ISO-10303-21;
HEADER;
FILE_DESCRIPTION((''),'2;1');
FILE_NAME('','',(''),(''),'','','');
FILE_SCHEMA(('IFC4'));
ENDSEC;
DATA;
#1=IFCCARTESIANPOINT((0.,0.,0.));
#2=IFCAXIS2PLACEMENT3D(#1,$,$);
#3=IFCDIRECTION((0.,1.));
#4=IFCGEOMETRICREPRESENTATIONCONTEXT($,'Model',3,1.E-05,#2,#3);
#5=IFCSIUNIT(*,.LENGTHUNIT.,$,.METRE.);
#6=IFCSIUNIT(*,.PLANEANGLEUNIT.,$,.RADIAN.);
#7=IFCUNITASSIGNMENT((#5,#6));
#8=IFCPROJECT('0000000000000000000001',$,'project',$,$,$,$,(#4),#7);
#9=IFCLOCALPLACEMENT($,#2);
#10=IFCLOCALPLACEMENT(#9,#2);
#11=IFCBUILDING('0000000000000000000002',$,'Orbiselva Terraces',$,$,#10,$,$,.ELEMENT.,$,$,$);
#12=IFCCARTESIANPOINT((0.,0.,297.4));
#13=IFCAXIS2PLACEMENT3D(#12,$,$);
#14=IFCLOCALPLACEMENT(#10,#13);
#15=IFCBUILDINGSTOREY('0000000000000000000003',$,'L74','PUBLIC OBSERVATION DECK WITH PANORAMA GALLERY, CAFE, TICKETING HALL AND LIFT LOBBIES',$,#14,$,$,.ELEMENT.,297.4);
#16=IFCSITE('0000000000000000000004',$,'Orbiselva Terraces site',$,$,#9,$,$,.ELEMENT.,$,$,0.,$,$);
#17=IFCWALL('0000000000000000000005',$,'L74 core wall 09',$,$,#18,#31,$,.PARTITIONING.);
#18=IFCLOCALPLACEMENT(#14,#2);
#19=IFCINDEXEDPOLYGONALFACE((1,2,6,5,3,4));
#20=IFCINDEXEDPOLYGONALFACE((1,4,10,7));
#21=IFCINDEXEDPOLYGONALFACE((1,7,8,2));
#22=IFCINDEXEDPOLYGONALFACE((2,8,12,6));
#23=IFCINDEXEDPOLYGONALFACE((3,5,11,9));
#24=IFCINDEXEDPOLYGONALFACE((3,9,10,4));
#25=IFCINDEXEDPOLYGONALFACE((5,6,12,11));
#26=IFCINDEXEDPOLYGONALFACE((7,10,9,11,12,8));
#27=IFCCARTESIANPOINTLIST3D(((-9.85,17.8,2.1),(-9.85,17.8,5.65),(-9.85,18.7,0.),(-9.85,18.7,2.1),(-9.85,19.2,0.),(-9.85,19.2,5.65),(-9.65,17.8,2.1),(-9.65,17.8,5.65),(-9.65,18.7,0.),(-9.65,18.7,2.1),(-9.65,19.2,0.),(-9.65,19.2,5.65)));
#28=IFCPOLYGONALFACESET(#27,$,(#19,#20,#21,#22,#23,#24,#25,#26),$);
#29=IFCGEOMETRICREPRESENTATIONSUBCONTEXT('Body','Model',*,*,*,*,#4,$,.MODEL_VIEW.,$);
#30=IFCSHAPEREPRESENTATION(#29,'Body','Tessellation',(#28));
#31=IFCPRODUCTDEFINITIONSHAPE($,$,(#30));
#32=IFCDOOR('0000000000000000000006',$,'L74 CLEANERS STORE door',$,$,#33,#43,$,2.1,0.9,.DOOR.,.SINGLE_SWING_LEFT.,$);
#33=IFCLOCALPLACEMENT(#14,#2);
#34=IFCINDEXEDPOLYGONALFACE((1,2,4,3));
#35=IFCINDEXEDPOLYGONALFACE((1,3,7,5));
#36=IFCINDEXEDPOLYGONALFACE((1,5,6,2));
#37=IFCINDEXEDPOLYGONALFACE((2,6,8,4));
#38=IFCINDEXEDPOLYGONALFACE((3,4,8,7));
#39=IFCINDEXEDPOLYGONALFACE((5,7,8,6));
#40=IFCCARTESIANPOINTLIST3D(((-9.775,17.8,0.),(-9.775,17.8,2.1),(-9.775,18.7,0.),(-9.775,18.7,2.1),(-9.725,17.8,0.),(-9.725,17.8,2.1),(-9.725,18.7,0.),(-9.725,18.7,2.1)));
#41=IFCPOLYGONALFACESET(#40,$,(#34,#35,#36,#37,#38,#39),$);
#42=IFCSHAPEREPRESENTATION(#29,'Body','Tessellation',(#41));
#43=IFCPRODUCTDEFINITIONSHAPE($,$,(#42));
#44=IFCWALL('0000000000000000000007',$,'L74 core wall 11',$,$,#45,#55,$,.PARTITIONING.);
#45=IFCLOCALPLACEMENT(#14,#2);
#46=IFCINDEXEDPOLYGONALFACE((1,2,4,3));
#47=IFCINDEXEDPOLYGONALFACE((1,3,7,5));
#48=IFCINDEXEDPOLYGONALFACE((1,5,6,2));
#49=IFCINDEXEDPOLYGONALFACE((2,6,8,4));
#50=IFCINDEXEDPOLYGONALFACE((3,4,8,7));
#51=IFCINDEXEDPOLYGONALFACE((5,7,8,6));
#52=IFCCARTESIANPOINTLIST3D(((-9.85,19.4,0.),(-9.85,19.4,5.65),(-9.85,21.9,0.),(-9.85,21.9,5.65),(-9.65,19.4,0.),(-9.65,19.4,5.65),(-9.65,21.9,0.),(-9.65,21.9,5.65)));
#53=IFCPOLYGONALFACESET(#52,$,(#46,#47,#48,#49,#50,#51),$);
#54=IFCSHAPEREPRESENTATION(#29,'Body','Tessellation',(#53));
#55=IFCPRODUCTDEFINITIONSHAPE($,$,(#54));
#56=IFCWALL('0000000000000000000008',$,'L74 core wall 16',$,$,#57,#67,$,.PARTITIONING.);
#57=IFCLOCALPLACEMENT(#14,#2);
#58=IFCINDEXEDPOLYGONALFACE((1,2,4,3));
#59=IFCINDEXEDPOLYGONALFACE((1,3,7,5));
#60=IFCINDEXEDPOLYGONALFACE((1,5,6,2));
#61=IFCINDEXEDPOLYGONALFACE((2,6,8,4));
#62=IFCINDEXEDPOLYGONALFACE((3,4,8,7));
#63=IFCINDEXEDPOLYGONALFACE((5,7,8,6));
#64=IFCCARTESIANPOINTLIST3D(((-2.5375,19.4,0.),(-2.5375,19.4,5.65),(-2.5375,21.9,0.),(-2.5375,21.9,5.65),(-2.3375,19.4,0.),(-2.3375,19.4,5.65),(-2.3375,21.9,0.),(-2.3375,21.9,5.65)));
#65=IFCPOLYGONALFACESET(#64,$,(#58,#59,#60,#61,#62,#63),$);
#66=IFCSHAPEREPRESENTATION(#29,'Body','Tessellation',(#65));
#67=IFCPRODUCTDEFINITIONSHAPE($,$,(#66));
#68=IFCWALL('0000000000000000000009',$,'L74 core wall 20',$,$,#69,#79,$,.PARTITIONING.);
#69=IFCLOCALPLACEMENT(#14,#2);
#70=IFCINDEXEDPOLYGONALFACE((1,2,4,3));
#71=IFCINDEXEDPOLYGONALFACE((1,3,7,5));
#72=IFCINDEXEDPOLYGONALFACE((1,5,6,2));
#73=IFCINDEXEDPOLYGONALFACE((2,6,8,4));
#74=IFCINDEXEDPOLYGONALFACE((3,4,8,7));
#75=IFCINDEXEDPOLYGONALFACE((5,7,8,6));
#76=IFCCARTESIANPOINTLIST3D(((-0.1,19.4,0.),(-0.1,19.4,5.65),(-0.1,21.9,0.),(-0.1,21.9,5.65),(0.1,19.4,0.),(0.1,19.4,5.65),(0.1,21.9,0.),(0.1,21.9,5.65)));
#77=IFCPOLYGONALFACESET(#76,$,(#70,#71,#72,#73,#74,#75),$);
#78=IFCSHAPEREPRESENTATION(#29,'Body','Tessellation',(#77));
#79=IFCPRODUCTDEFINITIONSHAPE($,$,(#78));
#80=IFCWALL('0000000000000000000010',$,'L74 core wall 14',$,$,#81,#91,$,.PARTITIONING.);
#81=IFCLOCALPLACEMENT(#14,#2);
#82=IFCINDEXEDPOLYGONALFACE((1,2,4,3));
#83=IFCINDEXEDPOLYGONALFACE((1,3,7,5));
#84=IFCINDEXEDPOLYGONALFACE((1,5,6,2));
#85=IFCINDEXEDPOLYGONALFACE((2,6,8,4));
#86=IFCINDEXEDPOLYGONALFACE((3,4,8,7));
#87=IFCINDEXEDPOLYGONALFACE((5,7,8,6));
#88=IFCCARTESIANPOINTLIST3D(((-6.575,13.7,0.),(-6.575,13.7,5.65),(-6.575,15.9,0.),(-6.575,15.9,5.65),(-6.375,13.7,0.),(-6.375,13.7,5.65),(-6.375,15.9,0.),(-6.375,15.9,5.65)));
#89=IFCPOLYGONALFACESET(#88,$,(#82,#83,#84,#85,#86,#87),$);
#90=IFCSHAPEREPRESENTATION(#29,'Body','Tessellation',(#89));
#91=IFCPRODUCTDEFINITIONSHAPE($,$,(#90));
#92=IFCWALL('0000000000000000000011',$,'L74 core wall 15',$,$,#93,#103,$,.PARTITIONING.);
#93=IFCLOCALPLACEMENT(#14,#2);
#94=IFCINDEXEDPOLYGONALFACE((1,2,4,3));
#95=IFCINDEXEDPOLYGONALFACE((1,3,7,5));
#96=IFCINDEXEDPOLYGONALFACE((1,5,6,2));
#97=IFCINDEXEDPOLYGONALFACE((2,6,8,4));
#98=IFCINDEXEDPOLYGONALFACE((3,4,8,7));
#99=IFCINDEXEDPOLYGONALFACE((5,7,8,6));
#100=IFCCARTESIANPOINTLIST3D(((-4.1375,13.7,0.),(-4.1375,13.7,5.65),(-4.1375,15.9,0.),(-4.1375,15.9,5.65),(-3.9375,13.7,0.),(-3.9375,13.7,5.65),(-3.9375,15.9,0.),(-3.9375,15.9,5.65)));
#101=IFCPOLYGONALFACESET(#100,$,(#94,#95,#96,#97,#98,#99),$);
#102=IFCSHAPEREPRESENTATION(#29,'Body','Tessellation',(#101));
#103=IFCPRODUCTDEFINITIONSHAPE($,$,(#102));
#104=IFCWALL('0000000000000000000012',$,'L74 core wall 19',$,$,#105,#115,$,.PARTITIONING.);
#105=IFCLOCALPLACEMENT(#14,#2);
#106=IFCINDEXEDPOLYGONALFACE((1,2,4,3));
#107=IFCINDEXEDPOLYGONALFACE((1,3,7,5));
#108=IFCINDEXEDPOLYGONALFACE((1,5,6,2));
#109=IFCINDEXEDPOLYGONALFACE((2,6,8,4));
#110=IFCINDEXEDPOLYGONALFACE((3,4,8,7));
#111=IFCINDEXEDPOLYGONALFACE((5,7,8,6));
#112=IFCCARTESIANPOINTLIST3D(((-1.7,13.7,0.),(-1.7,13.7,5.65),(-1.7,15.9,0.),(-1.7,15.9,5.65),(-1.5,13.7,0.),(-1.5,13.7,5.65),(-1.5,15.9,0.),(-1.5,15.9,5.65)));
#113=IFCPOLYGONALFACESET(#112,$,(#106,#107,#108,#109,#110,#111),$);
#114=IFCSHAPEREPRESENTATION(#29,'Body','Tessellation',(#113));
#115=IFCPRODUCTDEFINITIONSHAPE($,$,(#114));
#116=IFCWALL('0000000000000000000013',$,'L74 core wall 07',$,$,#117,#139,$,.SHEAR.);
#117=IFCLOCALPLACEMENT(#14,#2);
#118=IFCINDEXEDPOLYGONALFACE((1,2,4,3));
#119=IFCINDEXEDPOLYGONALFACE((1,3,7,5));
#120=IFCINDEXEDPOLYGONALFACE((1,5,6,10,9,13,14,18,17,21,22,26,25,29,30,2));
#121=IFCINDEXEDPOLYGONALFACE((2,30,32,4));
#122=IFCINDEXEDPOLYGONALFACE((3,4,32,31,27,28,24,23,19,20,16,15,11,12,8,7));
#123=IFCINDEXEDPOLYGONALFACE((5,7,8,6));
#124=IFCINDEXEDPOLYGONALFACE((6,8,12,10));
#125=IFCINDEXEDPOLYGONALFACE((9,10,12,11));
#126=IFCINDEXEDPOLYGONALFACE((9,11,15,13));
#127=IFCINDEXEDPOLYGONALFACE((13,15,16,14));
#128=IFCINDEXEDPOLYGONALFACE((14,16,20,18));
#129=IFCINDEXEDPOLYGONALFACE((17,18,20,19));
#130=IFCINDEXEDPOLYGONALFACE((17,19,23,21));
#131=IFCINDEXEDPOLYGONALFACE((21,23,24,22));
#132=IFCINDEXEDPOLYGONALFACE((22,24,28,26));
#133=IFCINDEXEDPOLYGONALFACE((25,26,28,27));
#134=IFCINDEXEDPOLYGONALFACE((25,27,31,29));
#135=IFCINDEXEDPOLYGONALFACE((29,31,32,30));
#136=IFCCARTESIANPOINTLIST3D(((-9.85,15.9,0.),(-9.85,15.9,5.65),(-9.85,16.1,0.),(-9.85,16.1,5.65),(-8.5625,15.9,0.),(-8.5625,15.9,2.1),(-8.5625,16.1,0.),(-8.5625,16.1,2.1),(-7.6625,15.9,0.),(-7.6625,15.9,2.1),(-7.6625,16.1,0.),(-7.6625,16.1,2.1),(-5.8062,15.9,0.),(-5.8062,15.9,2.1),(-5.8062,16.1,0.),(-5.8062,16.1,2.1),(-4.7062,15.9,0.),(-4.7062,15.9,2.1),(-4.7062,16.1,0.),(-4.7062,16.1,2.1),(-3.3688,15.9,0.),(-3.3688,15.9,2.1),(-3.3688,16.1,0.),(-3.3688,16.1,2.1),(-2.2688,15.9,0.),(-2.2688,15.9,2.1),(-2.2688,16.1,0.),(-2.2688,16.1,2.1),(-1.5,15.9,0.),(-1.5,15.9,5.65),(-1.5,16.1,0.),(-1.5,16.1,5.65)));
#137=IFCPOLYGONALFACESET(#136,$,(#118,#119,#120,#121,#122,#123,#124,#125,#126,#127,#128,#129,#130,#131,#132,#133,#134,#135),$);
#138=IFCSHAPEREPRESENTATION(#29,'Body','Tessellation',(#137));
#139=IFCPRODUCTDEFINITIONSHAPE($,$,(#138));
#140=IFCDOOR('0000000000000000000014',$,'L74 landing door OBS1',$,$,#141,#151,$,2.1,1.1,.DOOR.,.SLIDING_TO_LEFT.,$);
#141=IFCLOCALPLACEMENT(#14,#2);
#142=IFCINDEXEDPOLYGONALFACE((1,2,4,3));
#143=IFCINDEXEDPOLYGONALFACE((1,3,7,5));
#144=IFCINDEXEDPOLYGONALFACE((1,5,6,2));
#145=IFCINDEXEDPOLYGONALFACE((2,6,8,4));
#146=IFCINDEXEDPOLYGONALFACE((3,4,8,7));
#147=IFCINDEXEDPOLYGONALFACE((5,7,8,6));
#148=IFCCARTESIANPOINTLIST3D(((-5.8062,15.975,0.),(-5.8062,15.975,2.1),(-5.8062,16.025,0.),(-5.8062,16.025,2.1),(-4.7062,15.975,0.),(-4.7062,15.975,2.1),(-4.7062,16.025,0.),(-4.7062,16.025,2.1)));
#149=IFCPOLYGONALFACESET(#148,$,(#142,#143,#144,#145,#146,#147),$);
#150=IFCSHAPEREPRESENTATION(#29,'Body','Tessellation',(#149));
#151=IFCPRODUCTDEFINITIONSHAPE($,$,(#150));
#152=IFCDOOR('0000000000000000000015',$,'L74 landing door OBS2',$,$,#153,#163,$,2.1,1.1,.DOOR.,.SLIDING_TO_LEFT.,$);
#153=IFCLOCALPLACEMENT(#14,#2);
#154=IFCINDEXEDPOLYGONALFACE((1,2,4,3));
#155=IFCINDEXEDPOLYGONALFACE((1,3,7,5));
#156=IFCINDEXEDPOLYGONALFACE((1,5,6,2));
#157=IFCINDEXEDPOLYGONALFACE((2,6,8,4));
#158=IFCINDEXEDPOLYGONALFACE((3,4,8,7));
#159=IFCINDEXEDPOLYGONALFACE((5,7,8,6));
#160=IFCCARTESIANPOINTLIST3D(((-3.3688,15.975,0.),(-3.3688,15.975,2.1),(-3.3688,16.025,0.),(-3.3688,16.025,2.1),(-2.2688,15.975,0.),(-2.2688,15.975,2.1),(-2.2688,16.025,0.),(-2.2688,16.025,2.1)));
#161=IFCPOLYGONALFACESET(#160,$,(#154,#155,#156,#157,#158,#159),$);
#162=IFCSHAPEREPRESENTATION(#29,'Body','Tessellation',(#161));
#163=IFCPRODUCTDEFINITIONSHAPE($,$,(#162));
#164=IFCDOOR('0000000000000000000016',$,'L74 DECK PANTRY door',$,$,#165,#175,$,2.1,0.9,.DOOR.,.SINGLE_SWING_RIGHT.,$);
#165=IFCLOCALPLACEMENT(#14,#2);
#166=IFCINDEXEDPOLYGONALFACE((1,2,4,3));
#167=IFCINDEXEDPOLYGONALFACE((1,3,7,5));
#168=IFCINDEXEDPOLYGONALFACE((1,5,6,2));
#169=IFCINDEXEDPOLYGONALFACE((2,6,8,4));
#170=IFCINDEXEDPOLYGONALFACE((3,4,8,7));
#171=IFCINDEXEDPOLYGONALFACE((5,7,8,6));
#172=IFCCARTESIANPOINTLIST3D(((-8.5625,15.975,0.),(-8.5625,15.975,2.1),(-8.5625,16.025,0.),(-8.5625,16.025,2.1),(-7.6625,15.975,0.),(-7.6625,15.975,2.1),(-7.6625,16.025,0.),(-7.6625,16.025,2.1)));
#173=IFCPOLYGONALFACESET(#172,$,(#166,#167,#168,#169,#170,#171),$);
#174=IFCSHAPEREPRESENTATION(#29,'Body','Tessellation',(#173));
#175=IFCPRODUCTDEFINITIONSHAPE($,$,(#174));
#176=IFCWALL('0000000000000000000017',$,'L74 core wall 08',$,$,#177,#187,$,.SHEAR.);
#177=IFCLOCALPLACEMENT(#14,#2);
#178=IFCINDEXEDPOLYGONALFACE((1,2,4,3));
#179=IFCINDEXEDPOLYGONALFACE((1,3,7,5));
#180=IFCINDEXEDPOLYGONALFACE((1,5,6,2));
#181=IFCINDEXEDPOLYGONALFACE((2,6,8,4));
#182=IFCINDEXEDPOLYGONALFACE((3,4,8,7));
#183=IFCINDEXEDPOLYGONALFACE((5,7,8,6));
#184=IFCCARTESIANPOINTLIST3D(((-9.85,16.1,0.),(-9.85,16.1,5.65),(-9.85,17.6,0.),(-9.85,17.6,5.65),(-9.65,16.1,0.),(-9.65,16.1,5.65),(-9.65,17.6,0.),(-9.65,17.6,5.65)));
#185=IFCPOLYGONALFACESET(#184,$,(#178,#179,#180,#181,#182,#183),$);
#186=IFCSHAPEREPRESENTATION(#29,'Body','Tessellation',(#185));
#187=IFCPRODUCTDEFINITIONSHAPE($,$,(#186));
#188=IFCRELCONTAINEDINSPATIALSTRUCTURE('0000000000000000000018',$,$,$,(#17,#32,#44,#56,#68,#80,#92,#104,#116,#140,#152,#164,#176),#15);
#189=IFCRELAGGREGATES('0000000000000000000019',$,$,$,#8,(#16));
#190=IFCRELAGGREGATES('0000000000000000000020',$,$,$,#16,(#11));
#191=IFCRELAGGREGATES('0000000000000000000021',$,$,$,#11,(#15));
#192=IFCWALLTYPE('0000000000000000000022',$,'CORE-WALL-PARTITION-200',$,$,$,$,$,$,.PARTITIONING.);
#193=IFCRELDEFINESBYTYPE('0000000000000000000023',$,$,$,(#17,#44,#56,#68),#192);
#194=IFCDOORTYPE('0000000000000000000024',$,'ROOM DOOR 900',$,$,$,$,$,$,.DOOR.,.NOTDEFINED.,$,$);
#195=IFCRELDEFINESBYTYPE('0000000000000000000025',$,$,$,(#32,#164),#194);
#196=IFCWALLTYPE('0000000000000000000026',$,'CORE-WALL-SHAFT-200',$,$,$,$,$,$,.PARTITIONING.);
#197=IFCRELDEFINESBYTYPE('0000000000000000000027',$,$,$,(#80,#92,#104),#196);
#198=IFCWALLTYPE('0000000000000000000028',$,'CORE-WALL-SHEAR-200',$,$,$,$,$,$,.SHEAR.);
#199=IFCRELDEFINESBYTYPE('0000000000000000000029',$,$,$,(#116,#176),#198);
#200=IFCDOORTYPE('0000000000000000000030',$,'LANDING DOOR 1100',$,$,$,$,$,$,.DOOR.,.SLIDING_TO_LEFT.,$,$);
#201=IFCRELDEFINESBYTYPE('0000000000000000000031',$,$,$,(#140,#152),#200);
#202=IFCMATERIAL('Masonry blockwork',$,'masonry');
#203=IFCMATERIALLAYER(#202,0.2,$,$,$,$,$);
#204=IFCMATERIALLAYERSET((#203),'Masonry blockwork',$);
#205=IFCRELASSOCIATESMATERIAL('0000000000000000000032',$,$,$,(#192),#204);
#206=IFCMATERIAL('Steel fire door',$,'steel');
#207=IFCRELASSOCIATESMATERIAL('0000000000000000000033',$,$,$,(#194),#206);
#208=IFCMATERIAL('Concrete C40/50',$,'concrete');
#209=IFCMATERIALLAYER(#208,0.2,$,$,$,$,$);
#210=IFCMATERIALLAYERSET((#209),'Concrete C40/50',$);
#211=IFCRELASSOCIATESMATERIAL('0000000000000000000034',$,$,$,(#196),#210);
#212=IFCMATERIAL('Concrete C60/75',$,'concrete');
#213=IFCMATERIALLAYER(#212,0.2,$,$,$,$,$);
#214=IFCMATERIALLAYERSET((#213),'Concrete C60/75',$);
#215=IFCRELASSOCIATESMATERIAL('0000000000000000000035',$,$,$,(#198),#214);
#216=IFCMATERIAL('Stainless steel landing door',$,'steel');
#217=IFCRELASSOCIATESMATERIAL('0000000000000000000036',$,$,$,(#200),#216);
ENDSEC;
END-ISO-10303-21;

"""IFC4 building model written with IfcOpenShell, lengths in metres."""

from ifc_helpers import new_model, si_unit, direction, frame, frame_2d, origin, place, context, subcontext, project, spatial, rectangle, extrude, material, layer, layer_set, type_object, element, fill, save


model = new_model("IFC4")

# Units and contexts
model_context = context("Model", 3, precision=1e-05, world=origin(), true_north=direction((0.0, 1.0)))
body_context = subcontext(model_context, "Body", "Model", "MODEL_VIEW")
ifc_project = project(units=[si_unit("LENGTHUNIT", "METRE"), si_unit("PLANEANGLEUNIT", "RADIAN")], contexts=[model_context])

# Site, building, storey
site_placement = place(None, origin())
site = spatial("IfcSite", under=ifc_project, at=site_placement, Name="Orbiselva Terraces site", CompositionType="ELEMENT", RefElevation=0.0)
building_placement = place(site_placement, origin())
building = spatial("IfcBuilding", under=site, at=building_placement, Name="Orbiselva Terraces", CompositionType="ELEMENT")
storey_placement = place(building_placement, frame((0.0, 0.0, 297.4)))
storey = spatial("IfcBuildingStorey", under=building, at=storey_placement, Name="L74", Description="PUBLIC OBSERVATION DECK WITH PANORAMA GALLERY, CAFE, TICKETING HALL AND LIFT LOBBIES", CompositionType="ELEMENT", Elevation=297.4)

# Wall, opening, door
ifc_material_1 = material(Name="Masonry blockwork", Category="masonry")
ifc_layer_1 = layer(ifc_material_1, 0.2)
ifc_layer_set_1 = layer_set([ifc_layer_1], Name="Masonry blockwork")
wall_type_1 = type_object("IfcWallType", Name="CORE-WALL-PARTITION-200", PredefinedType="PARTITIONING", material=ifc_layer_set_1)
wall_1_placement = place(storey_placement, frame((-9.75, 17.8, 0.0), z_axis=(0.0, 0.0, 1.0), x_axis=(0.0, 1.0, 0.0)))
wall_1 = element("IfcWall", 1, at=wall_1_placement, inside=storey, type_object=wall_type_1, Name="L74 core wall 09", PredefinedType="PARTITIONING", context=body_context, shape_type="SweptSolid", body=[
    extrude(rectangle(XDim=1.4, YDim=0.2, at=frame_2d((0.7, 0.0))), origin(), (0.0, 0.0, 1.0), 5.65),
])
opening_1_placement = place(wall_1_placement, origin())
opening_1 = element("IfcOpeningElement", 2, at=opening_1_placement, cuts=wall_1, PredefinedType="OPENING", context=body_context, shape_type="SweptSolid", body=[
    extrude(rectangle(XDim=0.9, YDim=2.1, at=frame_2d((0.45, 1.05))), frame((0.0, 0.11, 0.0), z_axis=(0.0, -1.0, 0.0), x_axis=(1.0, 0.0, 0.0)), (0.0, 0.0, 1.0), 0.22),
])
ifc_material_2 = material(Name="Steel fire door", Category="steel")
door_type_1 = type_object("IfcDoorType", Name="ROOM DOOR 900", OperationType="NOTDEFINED", PredefinedType="DOOR", material=ifc_material_2)
door_1_placement = place(opening_1_placement, origin())
door_1 = element("IfcDoor", 3, at=door_1_placement, inside=storey, type_object=door_type_1, Name="L74 CLEANERS STORE door", OperationType="SINGLE_SWING_LEFT", OverallHeight=2.1, OverallWidth=0.9, PredefinedType="DOOR", context=body_context, shape_type="SweptSolid", body=[
    extrude(rectangle(XDim=0.9, YDim=2.1, at=frame_2d((0.45, 1.05))), frame((0.0, 0.025, 0.0), z_axis=(0.0, -1.0, 0.0), x_axis=(1.0, 0.0, 0.0)), (0.0, 0.0, 1.0), 0.05),
])
fill(opening_1, door_1)

# Walls
for number, where, z_axis, x_axis, name in (
    (4, (-9.75, 19.4, 0.0), (0.0, 0.0, 1.0), (0.0, 1.0, 0.0), "L74 core wall 11"),
    (5, (-2.4375, 19.4, 0.0), (0.0, 0.0, 1.0), (0.0, 1.0, 0.0), "L74 core wall 16"),
    (6, (0.0, 19.4, 0.0), (0.0, 0.0, 1.0), (0.0, 1.0, 0.0), "L74 core wall 20"),
):
    element("IfcWall", number, at=place(storey_placement, frame(where, z_axis=z_axis, x_axis=x_axis)), inside=storey, type_object=wall_type_1, Name=name, PredefinedType="PARTITIONING", context=body_context, shape_type="SweptSolid", body=[
        extrude(rectangle(XDim=2.5, YDim=0.2, at=frame_2d((1.25, 0.0))), origin(), (0.0, 0.0, 1.0), 5.65),
    ])
ifc_material_3 = material(Name="Concrete C40/50", Category="concrete")
ifc_layer_2 = layer(ifc_material_3, 0.2)
ifc_layer_set_2 = layer_set([ifc_layer_2], Name="Concrete C40/50")
wall_type_2 = type_object("IfcWallType", Name="CORE-WALL-SHAFT-200", PredefinedType="PARTITIONING", material=ifc_layer_set_2)
for number, where, z_axis, x_axis, name in (
    (7, (-6.475, 13.7, 0.0), (0.0, 0.0, 1.0), (0.0, 1.0, 0.0), "L74 core wall 14"),
    (8, (-4.0375, 13.7, 0.0), (0.0, 0.0, 1.0), (0.0, 1.0, 0.0), "L74 core wall 15"),
    (9, (-1.6, 13.7, 0.0), (0.0, 0.0, 1.0), (0.0, 1.0, 0.0), "L74 core wall 19"),
):
    element("IfcWall", number, at=place(storey_placement, frame(where, z_axis=z_axis, x_axis=x_axis)), inside=storey, type_object=wall_type_2, Name=name, PredefinedType="PARTITIONING", context=body_context, shape_type="SweptSolid", body=[
        extrude(rectangle(XDim=2.2, YDim=0.2, at=frame_2d((1.1, 0.0))), origin(), (0.0, 0.0, 1.0), 5.65),
    ])

# Wall, openings, doors
ifc_material_4 = material(Name="Concrete C60/75", Category="concrete")
ifc_layer_3 = layer(ifc_material_4, 0.2)
ifc_layer_set_3 = layer_set([ifc_layer_3], Name="Concrete C60/75")
wall_type_3 = type_object("IfcWallType", Name="CORE-WALL-SHEAR-200", PredefinedType="SHEAR", material=ifc_layer_set_3)
wall_2_placement = place(storey_placement, frame((-1.5, 16.0, 0.0), z_axis=(0.0, 0.0, 1.0), x_axis=(-1.0, 0.0, 0.0)))
wall_2 = element("IfcWall", 10, at=wall_2_placement, inside=storey, type_object=wall_type_3, Name="L74 core wall 07", PredefinedType="SHEAR", context=body_context, shape_type="SweptSolid", body=[
    extrude(rectangle(XDim=8.35, YDim=0.2, at=frame_2d((4.175, 0.0))), origin(), (0.0, 0.0, 1.0), 5.65),
])
opening_2_placement = place(wall_2_placement, frame((3.2062, 0.0, 0.0)))
opening_2 = element("IfcOpeningElement", 11, at=opening_2_placement, cuts=wall_2, PredefinedType="OPENING", context=body_context, shape_type="SweptSolid", body=[
    extrude(rectangle(XDim=1.1, YDim=2.1, at=frame_2d((0.55, 1.05))), frame((0.0, 0.11, 0.0), z_axis=(0.0, -1.0, 0.0), x_axis=(1.0, 0.0, 0.0)), (0.0, 0.0, 1.0), 0.22),
])
opening_3_placement = place(wall_2_placement, frame((0.7688, 0.0, 0.0)))
opening_3 = element("IfcOpeningElement", 12, at=opening_3_placement, cuts=wall_2, PredefinedType="OPENING", context=body_context, shape_type="SweptSolid", body=[
    extrude(rectangle(XDim=1.1, YDim=2.1, at=frame_2d((0.55, 1.05))), frame((0.0, 0.11, 0.0), z_axis=(0.0, -1.0, 0.0), x_axis=(1.0, 0.0, 0.0)), (0.0, 0.0, 1.0), 0.22),
])
opening_4_placement = place(wall_2_placement, frame((6.1625, 0.0, 0.0)))
opening_4 = element("IfcOpeningElement", 13, at=opening_4_placement, cuts=wall_2, PredefinedType="OPENING", context=body_context, shape_type="SweptSolid", body=[
    extrude(rectangle(XDim=0.9, YDim=2.1, at=frame_2d((0.45, 1.05))), frame((0.0, 0.11, 0.0), z_axis=(0.0, -1.0, 0.0), x_axis=(1.0, 0.0, 0.0)), (0.0, 0.0, 1.0), 0.22),
])
ifc_material_5 = material(Name="Stainless steel landing door", Category="steel")
door_type_2 = type_object("IfcDoorType", Name="LANDING DOOR 1100", OperationType="SLIDING_TO_LEFT", PredefinedType="DOOR", material=ifc_material_5)
door_2_placement = place(opening_2_placement, origin())
door_2 = element("IfcDoor", 14, at=door_2_placement, inside=storey, type_object=door_type_2, Name="L74 landing door OBS1", OperationType="SLIDING_TO_LEFT", OverallHeight=2.1, OverallWidth=1.1, PredefinedType="DOOR", context=body_context, shape_type="SweptSolid", body=[
    extrude(rectangle(XDim=1.1, YDim=2.1, at=frame_2d((0.55, 1.05))), frame((0.0, 0.025, 0.0), z_axis=(0.0, -1.0, 0.0), x_axis=(1.0, 0.0, 0.0)), (0.0, 0.0, 1.0), 0.05),
])
fill(opening_2, door_2)
door_3_placement = place(opening_3_placement, origin())
door_3 = element("IfcDoor", 15, at=door_3_placement, inside=storey, type_object=door_type_2, Name="L74 landing door OBS2", OperationType="SLIDING_TO_LEFT", OverallHeight=2.1, OverallWidth=1.1, PredefinedType="DOOR", context=body_context, shape_type="SweptSolid", body=[
    extrude(rectangle(XDim=1.1, YDim=2.1, at=frame_2d((0.55, 1.05))), frame((0.0, 0.025, 0.0), z_axis=(0.0, -1.0, 0.0), x_axis=(1.0, 0.0, 0.0)), (0.0, 0.0, 1.0), 0.05),
])
fill(opening_3, door_3)
door_4_placement = place(opening_4_placement, origin())
door_4 = element("IfcDoor", 16, at=door_4_placement, inside=storey, type_object=door_type_1, Name="L74 DECK PANTRY door", OperationType="SINGLE_SWING_RIGHT", OverallHeight=2.1, OverallWidth=0.9, PredefinedType="DOOR", context=body_context, shape_type="SweptSolid", body=[
    extrude(rectangle(XDim=0.9, YDim=2.1, at=frame_2d((0.45, 1.05))), frame((0.0, 0.025, 0.0), z_axis=(0.0, -1.0, 0.0), x_axis=(1.0, 0.0, 0.0)), (0.0, 0.0, 1.0), 0.05),
])
fill(opening_4, door_4)

# Wall
wall_3_placement = place(storey_placement, frame((-9.75, 16.1, 0.0), z_axis=(0.0, 0.0, 1.0), x_axis=(0.0, 1.0, 0.0)))
element("IfcWall", 17, at=wall_3_placement, inside=storey, type_object=wall_type_3, Name="L74 core wall 08", PredefinedType="SHEAR", context=body_context, shape_type="SweptSolid", body=[
    extrude(rectangle(XDim=1.5, YDim=0.2, at=frame_2d((0.75, 0.0))), origin(), (0.0, 0.0, 1.0), 5.65),
])

save(model, "model.ifc")
